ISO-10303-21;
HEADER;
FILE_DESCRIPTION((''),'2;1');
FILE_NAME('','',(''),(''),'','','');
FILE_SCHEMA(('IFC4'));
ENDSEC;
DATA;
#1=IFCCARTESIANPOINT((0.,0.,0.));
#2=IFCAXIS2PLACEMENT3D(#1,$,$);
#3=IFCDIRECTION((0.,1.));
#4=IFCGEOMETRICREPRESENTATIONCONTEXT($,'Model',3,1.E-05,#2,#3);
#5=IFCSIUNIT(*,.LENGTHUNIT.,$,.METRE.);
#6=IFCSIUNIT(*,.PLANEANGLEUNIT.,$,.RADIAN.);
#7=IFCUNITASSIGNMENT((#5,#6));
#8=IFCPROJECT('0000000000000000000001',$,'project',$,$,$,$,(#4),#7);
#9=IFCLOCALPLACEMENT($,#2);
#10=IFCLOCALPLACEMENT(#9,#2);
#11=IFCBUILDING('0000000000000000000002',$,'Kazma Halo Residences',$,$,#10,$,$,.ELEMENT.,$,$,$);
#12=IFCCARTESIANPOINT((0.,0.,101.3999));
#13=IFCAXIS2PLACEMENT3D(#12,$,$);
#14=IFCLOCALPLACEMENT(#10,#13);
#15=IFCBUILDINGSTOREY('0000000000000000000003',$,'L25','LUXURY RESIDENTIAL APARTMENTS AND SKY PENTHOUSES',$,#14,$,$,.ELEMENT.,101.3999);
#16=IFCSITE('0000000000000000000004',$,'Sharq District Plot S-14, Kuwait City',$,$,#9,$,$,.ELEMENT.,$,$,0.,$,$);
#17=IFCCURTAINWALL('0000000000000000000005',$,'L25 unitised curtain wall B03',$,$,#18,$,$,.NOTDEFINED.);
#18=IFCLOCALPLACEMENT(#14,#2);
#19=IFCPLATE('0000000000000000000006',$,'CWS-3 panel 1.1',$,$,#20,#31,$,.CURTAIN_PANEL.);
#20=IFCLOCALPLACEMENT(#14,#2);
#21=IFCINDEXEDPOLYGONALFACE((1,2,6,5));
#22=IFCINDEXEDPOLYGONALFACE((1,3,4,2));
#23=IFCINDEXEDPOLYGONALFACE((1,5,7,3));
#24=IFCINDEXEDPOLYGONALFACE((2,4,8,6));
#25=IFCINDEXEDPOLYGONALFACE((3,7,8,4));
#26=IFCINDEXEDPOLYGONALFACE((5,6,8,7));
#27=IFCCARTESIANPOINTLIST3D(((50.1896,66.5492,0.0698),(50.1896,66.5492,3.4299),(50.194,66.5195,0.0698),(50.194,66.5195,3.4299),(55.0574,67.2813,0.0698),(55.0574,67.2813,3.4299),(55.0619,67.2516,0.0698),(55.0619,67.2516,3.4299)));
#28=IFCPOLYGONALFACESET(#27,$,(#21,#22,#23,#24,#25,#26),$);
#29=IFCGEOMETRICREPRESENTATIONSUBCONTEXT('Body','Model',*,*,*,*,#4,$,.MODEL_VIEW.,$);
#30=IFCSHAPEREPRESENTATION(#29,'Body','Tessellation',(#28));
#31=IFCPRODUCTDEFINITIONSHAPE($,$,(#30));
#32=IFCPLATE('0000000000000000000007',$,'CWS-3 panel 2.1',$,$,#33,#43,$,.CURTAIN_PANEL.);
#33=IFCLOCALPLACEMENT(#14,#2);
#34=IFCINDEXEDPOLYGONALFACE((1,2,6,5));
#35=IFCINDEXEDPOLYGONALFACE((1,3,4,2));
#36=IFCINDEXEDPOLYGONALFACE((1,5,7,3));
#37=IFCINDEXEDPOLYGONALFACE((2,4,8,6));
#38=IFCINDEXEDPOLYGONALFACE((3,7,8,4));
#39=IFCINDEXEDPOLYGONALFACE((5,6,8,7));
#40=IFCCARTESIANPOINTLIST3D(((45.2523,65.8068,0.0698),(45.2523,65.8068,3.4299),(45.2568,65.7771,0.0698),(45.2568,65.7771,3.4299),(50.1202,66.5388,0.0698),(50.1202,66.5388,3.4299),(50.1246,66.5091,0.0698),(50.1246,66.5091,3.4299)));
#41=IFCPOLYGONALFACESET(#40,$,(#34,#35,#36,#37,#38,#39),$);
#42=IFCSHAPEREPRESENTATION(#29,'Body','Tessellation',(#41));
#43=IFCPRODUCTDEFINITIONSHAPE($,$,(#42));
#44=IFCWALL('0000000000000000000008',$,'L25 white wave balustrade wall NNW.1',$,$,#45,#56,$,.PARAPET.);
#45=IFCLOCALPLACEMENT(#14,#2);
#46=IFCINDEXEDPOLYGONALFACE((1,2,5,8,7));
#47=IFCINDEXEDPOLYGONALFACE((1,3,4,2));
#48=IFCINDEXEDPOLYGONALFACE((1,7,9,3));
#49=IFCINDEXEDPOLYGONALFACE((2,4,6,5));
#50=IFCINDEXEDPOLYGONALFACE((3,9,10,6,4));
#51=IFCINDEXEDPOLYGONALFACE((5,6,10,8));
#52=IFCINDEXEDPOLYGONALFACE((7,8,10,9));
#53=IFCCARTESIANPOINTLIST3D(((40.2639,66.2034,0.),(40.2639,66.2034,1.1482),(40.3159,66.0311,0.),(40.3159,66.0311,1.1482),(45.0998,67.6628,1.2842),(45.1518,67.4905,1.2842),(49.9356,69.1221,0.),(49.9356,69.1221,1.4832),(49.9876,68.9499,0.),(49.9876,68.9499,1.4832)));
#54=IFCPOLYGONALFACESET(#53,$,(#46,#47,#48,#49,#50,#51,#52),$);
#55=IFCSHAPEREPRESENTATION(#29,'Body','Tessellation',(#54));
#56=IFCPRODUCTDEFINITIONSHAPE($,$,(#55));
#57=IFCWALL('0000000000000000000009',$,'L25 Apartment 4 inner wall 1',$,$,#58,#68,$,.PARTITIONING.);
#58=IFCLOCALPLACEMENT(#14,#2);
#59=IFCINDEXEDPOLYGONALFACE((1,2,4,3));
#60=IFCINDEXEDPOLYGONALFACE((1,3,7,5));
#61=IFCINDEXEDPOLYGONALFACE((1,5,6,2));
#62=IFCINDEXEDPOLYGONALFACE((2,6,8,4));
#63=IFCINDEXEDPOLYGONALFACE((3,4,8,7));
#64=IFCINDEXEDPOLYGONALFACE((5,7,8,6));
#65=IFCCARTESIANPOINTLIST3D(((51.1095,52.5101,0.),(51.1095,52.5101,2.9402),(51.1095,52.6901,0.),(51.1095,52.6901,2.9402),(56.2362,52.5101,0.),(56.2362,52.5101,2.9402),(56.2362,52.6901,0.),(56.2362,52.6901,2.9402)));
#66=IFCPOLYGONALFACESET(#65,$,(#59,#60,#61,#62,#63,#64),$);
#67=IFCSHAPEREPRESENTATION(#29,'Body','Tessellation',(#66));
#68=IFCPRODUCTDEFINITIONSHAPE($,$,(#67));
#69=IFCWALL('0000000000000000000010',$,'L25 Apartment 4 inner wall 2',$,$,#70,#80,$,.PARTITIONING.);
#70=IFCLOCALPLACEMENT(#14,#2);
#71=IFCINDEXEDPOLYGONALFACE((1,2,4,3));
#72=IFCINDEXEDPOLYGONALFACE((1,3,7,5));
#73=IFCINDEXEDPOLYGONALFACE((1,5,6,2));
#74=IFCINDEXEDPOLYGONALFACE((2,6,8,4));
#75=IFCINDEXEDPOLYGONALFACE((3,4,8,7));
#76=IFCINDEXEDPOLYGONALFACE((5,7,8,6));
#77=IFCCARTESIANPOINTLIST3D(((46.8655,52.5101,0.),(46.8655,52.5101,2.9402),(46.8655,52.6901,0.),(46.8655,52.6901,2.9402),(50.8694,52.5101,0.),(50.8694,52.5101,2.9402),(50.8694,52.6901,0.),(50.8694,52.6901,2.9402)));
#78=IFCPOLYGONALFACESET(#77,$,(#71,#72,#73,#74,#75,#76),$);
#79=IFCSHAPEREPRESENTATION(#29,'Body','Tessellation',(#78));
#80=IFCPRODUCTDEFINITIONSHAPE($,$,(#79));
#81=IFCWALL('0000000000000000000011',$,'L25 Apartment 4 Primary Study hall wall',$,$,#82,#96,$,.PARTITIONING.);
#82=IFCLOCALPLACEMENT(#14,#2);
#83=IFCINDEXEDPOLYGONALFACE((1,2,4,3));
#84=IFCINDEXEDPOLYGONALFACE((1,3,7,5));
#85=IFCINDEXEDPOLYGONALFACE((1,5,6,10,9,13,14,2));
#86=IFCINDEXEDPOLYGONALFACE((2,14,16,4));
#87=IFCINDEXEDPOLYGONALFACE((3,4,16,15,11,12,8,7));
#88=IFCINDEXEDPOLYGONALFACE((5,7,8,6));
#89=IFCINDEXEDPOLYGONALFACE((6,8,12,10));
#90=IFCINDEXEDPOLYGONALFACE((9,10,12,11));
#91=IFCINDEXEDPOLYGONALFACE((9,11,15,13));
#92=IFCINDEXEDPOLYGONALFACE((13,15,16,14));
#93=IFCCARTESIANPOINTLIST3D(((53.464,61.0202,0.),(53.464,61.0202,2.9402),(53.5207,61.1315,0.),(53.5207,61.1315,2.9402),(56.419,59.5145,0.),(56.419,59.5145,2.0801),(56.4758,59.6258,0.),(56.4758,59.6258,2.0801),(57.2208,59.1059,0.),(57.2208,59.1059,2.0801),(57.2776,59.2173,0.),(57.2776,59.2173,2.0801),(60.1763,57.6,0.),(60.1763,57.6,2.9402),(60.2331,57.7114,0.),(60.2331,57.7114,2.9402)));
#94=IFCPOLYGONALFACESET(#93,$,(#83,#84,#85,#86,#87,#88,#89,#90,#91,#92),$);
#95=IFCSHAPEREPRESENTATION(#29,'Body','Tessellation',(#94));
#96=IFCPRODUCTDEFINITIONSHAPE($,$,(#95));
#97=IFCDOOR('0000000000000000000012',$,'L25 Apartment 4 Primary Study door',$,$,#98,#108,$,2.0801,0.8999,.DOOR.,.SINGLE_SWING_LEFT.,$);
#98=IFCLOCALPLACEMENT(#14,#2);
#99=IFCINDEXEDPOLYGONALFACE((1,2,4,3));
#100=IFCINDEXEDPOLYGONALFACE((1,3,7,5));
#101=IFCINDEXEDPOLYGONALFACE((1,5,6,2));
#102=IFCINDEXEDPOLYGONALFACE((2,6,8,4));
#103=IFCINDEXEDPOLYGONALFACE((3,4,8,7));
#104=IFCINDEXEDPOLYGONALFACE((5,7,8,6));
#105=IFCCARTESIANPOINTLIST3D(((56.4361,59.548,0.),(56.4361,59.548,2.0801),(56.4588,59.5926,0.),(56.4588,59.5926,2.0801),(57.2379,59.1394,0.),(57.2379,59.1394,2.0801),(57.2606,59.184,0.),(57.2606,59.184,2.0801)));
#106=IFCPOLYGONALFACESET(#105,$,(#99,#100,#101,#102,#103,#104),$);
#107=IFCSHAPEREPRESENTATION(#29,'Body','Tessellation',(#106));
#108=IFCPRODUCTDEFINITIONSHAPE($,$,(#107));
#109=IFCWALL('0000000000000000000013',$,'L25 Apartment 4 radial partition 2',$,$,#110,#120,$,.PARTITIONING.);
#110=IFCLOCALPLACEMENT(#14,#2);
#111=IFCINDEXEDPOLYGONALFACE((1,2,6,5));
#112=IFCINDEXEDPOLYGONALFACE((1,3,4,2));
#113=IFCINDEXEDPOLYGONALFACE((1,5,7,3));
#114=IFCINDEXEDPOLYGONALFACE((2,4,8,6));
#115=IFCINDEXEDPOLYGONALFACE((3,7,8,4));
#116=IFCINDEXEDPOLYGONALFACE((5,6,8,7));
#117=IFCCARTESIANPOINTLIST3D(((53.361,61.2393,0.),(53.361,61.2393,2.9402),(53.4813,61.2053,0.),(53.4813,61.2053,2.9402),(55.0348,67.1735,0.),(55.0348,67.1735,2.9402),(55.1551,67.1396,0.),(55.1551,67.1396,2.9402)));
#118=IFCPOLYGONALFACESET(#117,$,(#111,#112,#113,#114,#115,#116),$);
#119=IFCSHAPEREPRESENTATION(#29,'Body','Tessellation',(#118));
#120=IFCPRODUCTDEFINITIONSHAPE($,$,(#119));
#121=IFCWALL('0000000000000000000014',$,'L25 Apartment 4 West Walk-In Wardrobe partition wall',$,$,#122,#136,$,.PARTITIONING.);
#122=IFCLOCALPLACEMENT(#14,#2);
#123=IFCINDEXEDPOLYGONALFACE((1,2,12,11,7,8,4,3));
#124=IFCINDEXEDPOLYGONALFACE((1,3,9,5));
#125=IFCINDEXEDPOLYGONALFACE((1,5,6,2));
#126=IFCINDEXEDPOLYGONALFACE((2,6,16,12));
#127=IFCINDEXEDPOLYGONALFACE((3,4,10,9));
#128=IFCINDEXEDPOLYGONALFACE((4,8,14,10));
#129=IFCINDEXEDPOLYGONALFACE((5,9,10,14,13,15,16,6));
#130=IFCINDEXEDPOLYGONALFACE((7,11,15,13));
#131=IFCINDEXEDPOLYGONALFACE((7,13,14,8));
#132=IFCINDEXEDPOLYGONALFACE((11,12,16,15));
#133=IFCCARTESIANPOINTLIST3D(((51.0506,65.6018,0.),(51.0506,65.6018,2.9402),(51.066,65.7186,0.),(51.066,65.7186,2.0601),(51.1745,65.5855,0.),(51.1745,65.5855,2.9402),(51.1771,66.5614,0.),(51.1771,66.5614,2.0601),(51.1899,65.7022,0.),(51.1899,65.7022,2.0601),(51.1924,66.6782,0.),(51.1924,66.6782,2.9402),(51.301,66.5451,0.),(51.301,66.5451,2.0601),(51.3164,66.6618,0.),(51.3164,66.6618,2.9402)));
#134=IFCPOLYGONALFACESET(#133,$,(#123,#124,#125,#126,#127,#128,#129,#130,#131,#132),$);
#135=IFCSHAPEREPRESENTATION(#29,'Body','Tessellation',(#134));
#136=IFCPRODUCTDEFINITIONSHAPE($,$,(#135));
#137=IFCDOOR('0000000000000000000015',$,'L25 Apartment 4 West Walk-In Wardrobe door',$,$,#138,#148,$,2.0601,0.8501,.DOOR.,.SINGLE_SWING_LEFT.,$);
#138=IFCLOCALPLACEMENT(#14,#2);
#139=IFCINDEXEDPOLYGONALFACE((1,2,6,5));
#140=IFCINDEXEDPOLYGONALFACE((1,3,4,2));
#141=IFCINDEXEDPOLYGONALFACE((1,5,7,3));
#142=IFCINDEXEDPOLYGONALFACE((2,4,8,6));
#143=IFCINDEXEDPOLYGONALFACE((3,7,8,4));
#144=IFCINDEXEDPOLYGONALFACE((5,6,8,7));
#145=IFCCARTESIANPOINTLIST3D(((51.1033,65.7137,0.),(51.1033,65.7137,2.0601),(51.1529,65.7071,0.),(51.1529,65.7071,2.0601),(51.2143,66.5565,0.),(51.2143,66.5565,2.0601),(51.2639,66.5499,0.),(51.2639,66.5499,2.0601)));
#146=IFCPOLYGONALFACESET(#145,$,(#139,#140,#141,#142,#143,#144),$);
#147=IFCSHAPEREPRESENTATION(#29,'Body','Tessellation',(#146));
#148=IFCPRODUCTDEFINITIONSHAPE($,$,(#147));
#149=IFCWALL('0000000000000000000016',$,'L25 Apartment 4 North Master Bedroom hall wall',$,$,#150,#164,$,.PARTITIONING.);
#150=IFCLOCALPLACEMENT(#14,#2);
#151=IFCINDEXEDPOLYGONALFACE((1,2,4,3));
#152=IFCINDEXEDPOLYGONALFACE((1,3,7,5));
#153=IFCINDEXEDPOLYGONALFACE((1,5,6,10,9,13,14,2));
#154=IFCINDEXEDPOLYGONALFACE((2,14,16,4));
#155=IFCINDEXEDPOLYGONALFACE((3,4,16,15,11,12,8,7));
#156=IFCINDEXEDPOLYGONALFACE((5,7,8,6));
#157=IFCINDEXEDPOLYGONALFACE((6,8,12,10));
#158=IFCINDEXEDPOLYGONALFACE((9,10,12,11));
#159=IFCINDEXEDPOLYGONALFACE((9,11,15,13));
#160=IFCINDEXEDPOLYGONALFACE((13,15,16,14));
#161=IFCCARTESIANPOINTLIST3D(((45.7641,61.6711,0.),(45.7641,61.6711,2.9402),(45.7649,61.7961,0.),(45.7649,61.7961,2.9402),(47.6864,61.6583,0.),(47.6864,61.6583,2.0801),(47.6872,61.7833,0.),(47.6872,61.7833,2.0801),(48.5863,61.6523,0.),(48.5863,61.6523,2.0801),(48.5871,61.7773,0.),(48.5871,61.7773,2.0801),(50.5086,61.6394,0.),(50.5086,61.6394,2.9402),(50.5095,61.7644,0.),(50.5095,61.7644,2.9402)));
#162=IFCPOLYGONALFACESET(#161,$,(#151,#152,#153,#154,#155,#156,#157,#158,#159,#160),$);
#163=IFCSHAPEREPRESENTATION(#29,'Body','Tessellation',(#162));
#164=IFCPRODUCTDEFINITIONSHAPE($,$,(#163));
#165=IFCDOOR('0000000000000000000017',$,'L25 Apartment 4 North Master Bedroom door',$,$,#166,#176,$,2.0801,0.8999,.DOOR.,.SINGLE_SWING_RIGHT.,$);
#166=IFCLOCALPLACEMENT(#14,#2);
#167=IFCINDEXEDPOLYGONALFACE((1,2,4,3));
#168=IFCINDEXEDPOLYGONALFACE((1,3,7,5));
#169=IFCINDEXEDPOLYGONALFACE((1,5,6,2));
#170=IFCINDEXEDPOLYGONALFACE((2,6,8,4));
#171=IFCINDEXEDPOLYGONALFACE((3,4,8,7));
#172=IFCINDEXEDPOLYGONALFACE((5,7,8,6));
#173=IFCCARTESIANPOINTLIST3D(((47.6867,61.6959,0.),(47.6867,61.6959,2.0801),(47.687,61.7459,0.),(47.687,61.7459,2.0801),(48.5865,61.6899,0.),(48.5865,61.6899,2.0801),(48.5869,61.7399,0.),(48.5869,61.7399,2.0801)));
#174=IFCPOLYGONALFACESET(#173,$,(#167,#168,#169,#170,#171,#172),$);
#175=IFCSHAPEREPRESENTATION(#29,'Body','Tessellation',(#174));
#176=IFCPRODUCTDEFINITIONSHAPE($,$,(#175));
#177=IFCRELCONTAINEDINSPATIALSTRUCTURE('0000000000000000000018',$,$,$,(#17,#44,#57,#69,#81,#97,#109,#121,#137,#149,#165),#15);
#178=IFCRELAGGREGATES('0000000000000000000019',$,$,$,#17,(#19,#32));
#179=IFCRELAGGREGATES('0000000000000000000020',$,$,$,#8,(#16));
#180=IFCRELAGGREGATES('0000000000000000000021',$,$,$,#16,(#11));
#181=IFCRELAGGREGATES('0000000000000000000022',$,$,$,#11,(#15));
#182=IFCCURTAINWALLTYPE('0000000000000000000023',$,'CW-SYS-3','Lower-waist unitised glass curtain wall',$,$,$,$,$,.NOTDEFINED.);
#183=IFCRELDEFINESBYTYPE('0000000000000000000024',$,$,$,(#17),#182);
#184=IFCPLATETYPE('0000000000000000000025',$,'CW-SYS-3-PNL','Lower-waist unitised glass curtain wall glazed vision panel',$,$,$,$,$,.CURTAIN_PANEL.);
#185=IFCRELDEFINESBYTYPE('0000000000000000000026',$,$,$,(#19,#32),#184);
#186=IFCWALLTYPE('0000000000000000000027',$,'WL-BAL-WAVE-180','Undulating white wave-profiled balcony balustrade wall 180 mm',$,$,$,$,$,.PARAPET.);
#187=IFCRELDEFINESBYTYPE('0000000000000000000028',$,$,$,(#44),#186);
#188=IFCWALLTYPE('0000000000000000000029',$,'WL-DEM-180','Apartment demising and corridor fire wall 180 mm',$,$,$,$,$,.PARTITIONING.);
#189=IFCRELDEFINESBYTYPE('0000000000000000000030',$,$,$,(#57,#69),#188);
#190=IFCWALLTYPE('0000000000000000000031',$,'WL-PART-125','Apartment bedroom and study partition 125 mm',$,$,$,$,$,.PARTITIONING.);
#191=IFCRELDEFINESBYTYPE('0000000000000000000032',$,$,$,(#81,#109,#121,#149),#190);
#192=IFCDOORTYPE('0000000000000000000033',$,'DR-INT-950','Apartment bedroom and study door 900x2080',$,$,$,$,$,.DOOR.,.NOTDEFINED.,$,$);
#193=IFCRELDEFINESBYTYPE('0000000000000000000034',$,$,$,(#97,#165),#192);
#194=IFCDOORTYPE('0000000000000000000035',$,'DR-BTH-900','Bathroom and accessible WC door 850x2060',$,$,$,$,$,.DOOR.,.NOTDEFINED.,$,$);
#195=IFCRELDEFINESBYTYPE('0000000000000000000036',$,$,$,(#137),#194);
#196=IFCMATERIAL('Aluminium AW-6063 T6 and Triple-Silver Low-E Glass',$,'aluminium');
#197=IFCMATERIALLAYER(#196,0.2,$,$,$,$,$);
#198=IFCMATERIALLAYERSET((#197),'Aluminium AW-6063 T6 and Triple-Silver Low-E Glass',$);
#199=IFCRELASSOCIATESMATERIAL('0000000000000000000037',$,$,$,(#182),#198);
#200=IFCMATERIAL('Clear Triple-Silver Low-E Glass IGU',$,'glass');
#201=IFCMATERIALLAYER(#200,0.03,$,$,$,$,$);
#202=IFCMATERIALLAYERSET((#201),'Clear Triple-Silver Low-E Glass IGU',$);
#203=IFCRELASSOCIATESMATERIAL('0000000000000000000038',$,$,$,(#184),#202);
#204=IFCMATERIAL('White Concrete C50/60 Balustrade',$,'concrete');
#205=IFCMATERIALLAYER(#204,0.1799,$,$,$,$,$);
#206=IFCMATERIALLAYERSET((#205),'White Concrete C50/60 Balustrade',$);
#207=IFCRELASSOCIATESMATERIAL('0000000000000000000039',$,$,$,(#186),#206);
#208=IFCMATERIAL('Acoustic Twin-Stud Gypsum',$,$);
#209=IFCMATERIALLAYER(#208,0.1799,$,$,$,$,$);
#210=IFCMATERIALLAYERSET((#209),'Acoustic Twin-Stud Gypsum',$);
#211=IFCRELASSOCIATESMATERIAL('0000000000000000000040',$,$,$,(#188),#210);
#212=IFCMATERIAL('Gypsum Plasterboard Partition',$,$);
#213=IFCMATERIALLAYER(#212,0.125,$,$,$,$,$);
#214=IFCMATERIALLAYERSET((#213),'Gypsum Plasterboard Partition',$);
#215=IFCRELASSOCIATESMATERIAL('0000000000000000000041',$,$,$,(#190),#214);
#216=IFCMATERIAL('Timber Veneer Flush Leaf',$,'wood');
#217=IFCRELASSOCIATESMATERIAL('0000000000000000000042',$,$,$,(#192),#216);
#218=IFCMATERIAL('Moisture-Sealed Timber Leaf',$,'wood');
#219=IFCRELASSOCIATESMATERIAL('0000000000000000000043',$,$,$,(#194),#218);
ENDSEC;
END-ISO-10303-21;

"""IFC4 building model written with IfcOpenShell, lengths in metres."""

from ifc_helpers import new_model, si_unit, direction, frame, frame_2d, origin, origin_2d, place, context, subcontext, project, spatial, polyline, rectangle, outline, extrude, material, layer, layer_set, type_object, element, fill, aggregate, save


model = new_model("IFC4")

# Units and contexts
model_context = context("Model", 3, precision=1e-05, world=origin(), true_north=direction((0.0, 1.0)))
body_context = subcontext(model_context, "Body", "Model", "MODEL_VIEW")
ifc_project = project(units=[si_unit("LENGTHUNIT", "METRE"), si_unit("PLANEANGLEUNIT", "RADIAN")], contexts=[model_context])

# Site, building, storey
site_placement = place(None, origin())
site = spatial("IfcSite", under=ifc_project, at=site_placement, Name="Sharq District Plot S-14, Kuwait City", CompositionType="ELEMENT", RefElevation=0.0)
building_placement = place(site_placement, origin())
building = spatial("IfcBuilding", under=site, at=building_placement, Name="Kazma Halo Residences", CompositionType="ELEMENT")
storey_placement = place(building_placement, frame((0.0, 0.0, 101.3999)))
storey = spatial("IfcBuildingStorey", under=building, at=storey_placement, Name="L25", Description="LUXURY RESIDENTIAL APARTMENTS AND SKY PENTHOUSES", CompositionType="ELEMENT", Elevation=101.3999)

# Curtain wall, plates
ifc_material_1 = material(Name="Aluminium AW-6063 T6 and Triple-Silver Low-E Glass", Category="aluminium")
ifc_layer_1 = layer(ifc_material_1, 0.2)
ifc_layer_set_1 = layer_set([ifc_layer_1], Name="Aluminium AW-6063 T6 and Triple-Silver Low-E Glass")
curtain_wall_type = type_object("IfcCurtainWallType", Name="CW-SYS-3", Description="Lower-waist unitised glass curtain wall", PredefinedType="NOTDEFINED", material=ifc_layer_set_1)
curtain_wall_placement = place(storey_placement, origin())
curtain_wall = element("IfcCurtainWall", 1, at=curtain_wall_placement, inside=storey, type_object=curtain_wall_type, Name="L25 unitised curtain wall B03", PredefinedType="NOTDEFINED")
ifc_material_2 = material(Name="Clear Triple-Silver Low-E Glass IGU", Category="glass")
ifc_layer_2 = layer(ifc_material_2, 0.03)
ifc_layer_set_2 = layer_set([ifc_layer_2], Name="Clear Triple-Silver Low-E Glass IGU")
plate_type = type_object("IfcPlateType", Name="CW-SYS-3-PNL", Description="Lower-waist unitised glass curtain wall glazed vision panel", PredefinedType="CURTAIN_PANEL", material=ifc_layer_set_2)
plate_1_placement = place(storey_placement, frame((52.6257, 66.9004, 0.0698), z_axis=(0.0, 0.0, 1.0), x_axis=(-0.98888, -0.148717, 0.0)))
plate_1 = element("IfcPlate", 2, at=plate_1_placement, type_object=plate_type, Name="CWS-3 panel 1.1", PredefinedType="CURTAIN_PANEL", context=body_context, shape_type="SweptSolid", body=[
    extrude(rectangle(XDim=4.9226, YDim=0.03, at=origin_2d()), origin(), (0.0, 0.0, 1.0), 3.3601),
])
plate_2_placement = place(storey_placement, frame((47.6885, 66.158, 0.0698), z_axis=(0.0, 0.0, 1.0), x_axis=(-0.98888, -0.148717, 0.0)))
plate_2 = element("IfcPlate", 3, at=plate_2_placement, type_object=plate_type, Name="CWS-3 panel 2.1", PredefinedType="CURTAIN_PANEL", context=body_context, shape_type="SweptSolid", body=[
    extrude(rectangle(XDim=4.9226, YDim=0.03, at=origin_2d()), origin(), (0.0, 0.0, 1.0), 3.3601),
])
aggregate(curtain_wall, [plate_1, plate_2])

# Walls
ifc_material_3 = material(Name="White Concrete C50/60 Balustrade", Category="concrete")
ifc_layer_3 = layer(ifc_material_3, 0.1799)
ifc_layer_set_3 = layer_set([ifc_layer_3], Name="White Concrete C50/60 Balustrade")
wall_type_1 = type_object("IfcWallType", Name="WL-BAL-WAVE-180", Description="Undulating white wave-profiled balcony balustrade wall 180 mm", PredefinedType="PARAPET", material=ifc_layer_set_3)
wall_1_placement = place(storey_placement, frame((49.9617, 69.0359, 0.0), z_axis=(0.0, 0.0, 1.0), x_axis=(-0.957356, -0.288911, 0.0)))
element("IfcWall", 4, at=wall_1_placement, inside=storey, type_object=wall_type_1, Name="L25 white wave balustrade wall NNW.1", PredefinedType="PARAPET", context=body_context, shape_type="SweptSolid", body=[
    extrude(outline(polyline([(0.0, 0.0), (10.1025, 0.0), (10.1025, 1.1482), (5.0513, 1.2842), (0.0, 1.4832), (0.0, 0.0)])), frame((0.0, 0.0898, 0.0), z_axis=(0.0, -1.0, 0.0), x_axis=(1.0, 0.0, 0.0)), (0.0, 0.0, 1.0), 0.1799),
])
ifc_material_4 = material(Name="Acoustic Twin-Stud Gypsum")
ifc_layer_4 = layer(ifc_material_4, 0.1799)
ifc_layer_set_4 = layer_set([ifc_layer_4], Name="Acoustic Twin-Stud Gypsum")
wall_type_2 = type_object("IfcWallType", Name="WL-DEM-180", Description="Apartment demising and corridor fire wall 180 mm", PredefinedType="PARTITIONING", material=ifc_layer_set_4)
wall_2_placement = place(storey_placement, frame((56.2363, 52.6001, 0.0), z_axis=(0.0, 0.0, 1.0), x_axis=(-1.0, 0.0, 0.0)))
element("IfcWall", 5, at=wall_2_placement, inside=storey, type_object=wall_type_2, Name="L25 Apartment 4 inner wall 1", PredefinedType="PARTITIONING", context=body_context, shape_type="SweptSolid", body=[
    extrude(rectangle(XDim=5.1267, YDim=0.1799, at=frame_2d((2.5635, 0.0))), origin(), (0.0, 0.0, 1.0), 2.9402),
])
wall_3_placement = place(storey_placement, frame((50.8694, 52.6001, 0.0), z_axis=(0.0, 0.0, 1.0), x_axis=(-1.0, 0.0, 0.0)))
element("IfcWall", 6, at=wall_3_placement, inside=storey, type_object=wall_type_2, Name="L25 Apartment 4 inner wall 2", PredefinedType="PARTITIONING", context=body_context, shape_type="SweptSolid", body=[
    extrude(rectangle(XDim=4.0039, YDim=0.1799, at=frame_2d((2.002, 0.0))), origin(), (0.0, 0.0, 1.0), 2.9402),
])

# Wall, opening, door
ifc_material_5 = material(Name="Gypsum Plasterboard Partition")
ifc_layer_5 = layer(ifc_material_5, 0.125)
ifc_layer_set_5 = layer_set([ifc_layer_5], Name="Gypsum Plasterboard Partition")
wall_type_3 = type_object("IfcWallType", Name="WL-PART-125", Description="Apartment bedroom and study partition 125 mm", PredefinedType="PARTITIONING", material=ifc_layer_set_5)
wall_4_placement = place(storey_placement, frame((60.2046, 57.6558, 0.0), z_axis=(0.0, 0.0, 1.0), x_axis=(-0.891005, 0.453993, 0.0)))
wall_4 = element("IfcWall", 7, at=wall_4_placement, inside=storey, type_object=wall_type_3, Name="L25 Apartment 4 Primary Study hall wall", PredefinedType="PARTITIONING", context=body_context, shape_type="SweptSolid", body=[
    extrude(rectangle(XDim=7.5334, YDim=0.125, at=frame_2d((3.7666, 0.0))), origin(), (0.0, 0.0, 1.0), 2.9402),
])
opening_1_placement = place(wall_4_placement, frame((3.3169, 0.0, 0.0)))
opening_1 = element("IfcOpeningElement", 8, at=opening_1_placement, cuts=wall_4, PredefinedType="OPENING", context=body_context, shape_type="SweptSolid", body=[
    extrude(rectangle(XDim=0.8999, YDim=2.0801, at=frame_2d((0.45, 1.04))), frame((0.0, 0.0725, 0.0), z_axis=(0.0, -1.0, 0.0), x_axis=(1.0, 0.0, 0.0)), (0.0, 0.0, 1.0), 0.145),
])
ifc_material_6 = material(Name="Timber Veneer Flush Leaf", Category="wood")
door_type_1 = type_object("IfcDoorType", Name="DR-INT-950", Description="Apartment bedroom and study door 900x2080", OperationType="NOTDEFINED", PredefinedType="DOOR", material=ifc_material_6)
door_1_placement = place(opening_1_placement, origin())
door_1 = element("IfcDoor", 9, at=door_1_placement, inside=storey, type_object=door_type_1, Name="L25 Apartment 4 Primary Study door", OperationType="SINGLE_SWING_LEFT", OverallHeight=2.0801, OverallWidth=0.8999, PredefinedType="DOOR", context=body_context, shape_type="SweptSolid", body=[
    extrude(rectangle(XDim=0.8999, YDim=2.0801, at=frame_2d((0.45, 1.04))), frame((0.0, 0.0249, 0.0), z_axis=(0.0, -1.0, 0.0), x_axis=(1.0, 0.0, 0.0)), (0.0, 0.0, 1.0), 0.05),
])
fill(opening_1, door_1)

# Wall
wall_5_placement = place(storey_placement, frame((53.4211, 61.2222, 0.0), z_axis=(0.0, 0.0, 1.0), x_axis=(0.271467, 0.962448, 0.0)))
element("IfcWall", 10, at=wall_5_placement, inside=storey, type_object=wall_type_3, Name="L25 Apartment 4 radial partition 2", PredefinedType="PARTITIONING", context=body_context, shape_type="SweptSolid", body=[
    extrude(rectangle(XDim=6.1658, YDim=0.125, at=frame_2d((3.083, 0.0))), origin(), (0.0, 0.0, 1.0), 2.9402),
])

# Walls, openings, doors
wall_6_placement = place(storey_placement, frame((51.1125, 65.5935, 0.0), z_axis=(0.0, 0.0, 1.0), x_axis=(0.130646, 0.991429, 0.0)))
wall_6 = element("IfcWall", 11, at=wall_6_placement, inside=storey, type_object=wall_type_3, Name="L25 Apartment 4 West Walk-In Wardrobe partition wall", PredefinedType="PARTITIONING", context=body_context, shape_type="SweptSolid", body=[
    extrude(rectangle(XDim=1.0857, YDim=0.125, at=frame_2d((0.543, 0.0))), origin(), (0.0, 0.0, 1.0), 2.9402),
])
opening_2_placement = place(wall_6_placement, frame((0.1179, 0.0, 0.0)))
opening_2 = element("IfcOpeningElement", 12, at=opening_2_placement, cuts=wall_6, PredefinedType="OPENING", context=body_context, shape_type="SweptSolid", body=[
    extrude(rectangle(XDim=0.8501, YDim=2.0601, at=frame_2d((0.425, 1.03))), frame((0.0, 0.0725, 0.0), z_axis=(0.0, -1.0, 0.0), x_axis=(1.0, 0.0, 0.0)), (0.0, 0.0, 1.0), 0.145),
])
ifc_material_7 = material(Name="Moisture-Sealed Timber Leaf", Category="wood")
door_type_2 = type_object("IfcDoorType", Name="DR-BTH-900", Description="Bathroom and accessible WC door 850x2060", OperationType="NOTDEFINED", PredefinedType="DOOR", material=ifc_material_7)
door_2_placement = place(opening_2_placement, origin())
door_2 = element("IfcDoor", 13, at=door_2_placement, inside=storey, type_object=door_type_2, Name="L25 Apartment 4 West Walk-In Wardrobe door", OperationType="SINGLE_SWING_LEFT", OverallHeight=2.0601, OverallWidth=0.8501, PredefinedType="DOOR", context=body_context, shape_type="SweptSolid", body=[
    extrude(rectangle(XDim=0.8501, YDim=2.0601, at=frame_2d((0.425, 1.03))), frame((0.0, 0.0249, 0.0), z_axis=(0.0, -1.0, 0.0), x_axis=(1.0, 0.0, 0.0)), (0.0, 0.0, 1.0), 0.05),
])
fill(opening_2, door_2)
wall_7_placement = place(storey_placement, frame((50.509, 61.7019, 0.0), z_axis=(0.0, 0.0, 1.0), x_axis=(-0.999978, 0.006689, 0.0)))
wall_7 = element("IfcWall", 14, at=wall_7_placement, inside=storey, type_object=wall_type_3, Name="L25 Apartment 4 North Master Bedroom hall wall", PredefinedType="PARTITIONING", context=body_context, shape_type="SweptSolid", body=[
    extrude(rectangle(XDim=4.7446, YDim=0.125, at=frame_2d((2.3723, 0.0))), origin(), (0.0, 0.0, 1.0), 2.9402),
])
opening_3_placement = place(wall_7_placement, frame((1.9224, 0.0, 0.0)))
opening_3 = element("IfcOpeningElement", 15, at=opening_3_placement, cuts=wall_7, PredefinedType="OPENING", context=body_context, shape_type="SweptSolid", body=[
    extrude(rectangle(XDim=0.8999, YDim=2.0801, at=frame_2d((0.45, 1.04))), frame((0.0, 0.0725, 0.0), z_axis=(0.0, -1.0, 0.0), x_axis=(1.0, 0.0, 0.0)), (0.0, 0.0, 1.0), 0.145),
])
door_3_placement = place(opening_3_placement, origin())
door_3 = element("IfcDoor", 16, at=door_3_placement, inside=storey, type_object=door_type_1, Name="L25 Apartment 4 North Master Bedroom door", OperationType="SINGLE_SWING_RIGHT", OverallHeight=2.0801, OverallWidth=0.8999, PredefinedType="DOOR", context=body_context, shape_type="SweptSolid", body=[
    extrude(rectangle(XDim=0.8999, YDim=2.0801, at=frame_2d((0.45, 1.04))), frame((0.0, 0.0249, 0.0), z_axis=(0.0, -1.0, 0.0), x_axis=(1.0, 0.0, 0.0)), (0.0, 0.0, 1.0), 0.05),
])
fill(opening_3, door_3)

save(model, "model.ifc")
